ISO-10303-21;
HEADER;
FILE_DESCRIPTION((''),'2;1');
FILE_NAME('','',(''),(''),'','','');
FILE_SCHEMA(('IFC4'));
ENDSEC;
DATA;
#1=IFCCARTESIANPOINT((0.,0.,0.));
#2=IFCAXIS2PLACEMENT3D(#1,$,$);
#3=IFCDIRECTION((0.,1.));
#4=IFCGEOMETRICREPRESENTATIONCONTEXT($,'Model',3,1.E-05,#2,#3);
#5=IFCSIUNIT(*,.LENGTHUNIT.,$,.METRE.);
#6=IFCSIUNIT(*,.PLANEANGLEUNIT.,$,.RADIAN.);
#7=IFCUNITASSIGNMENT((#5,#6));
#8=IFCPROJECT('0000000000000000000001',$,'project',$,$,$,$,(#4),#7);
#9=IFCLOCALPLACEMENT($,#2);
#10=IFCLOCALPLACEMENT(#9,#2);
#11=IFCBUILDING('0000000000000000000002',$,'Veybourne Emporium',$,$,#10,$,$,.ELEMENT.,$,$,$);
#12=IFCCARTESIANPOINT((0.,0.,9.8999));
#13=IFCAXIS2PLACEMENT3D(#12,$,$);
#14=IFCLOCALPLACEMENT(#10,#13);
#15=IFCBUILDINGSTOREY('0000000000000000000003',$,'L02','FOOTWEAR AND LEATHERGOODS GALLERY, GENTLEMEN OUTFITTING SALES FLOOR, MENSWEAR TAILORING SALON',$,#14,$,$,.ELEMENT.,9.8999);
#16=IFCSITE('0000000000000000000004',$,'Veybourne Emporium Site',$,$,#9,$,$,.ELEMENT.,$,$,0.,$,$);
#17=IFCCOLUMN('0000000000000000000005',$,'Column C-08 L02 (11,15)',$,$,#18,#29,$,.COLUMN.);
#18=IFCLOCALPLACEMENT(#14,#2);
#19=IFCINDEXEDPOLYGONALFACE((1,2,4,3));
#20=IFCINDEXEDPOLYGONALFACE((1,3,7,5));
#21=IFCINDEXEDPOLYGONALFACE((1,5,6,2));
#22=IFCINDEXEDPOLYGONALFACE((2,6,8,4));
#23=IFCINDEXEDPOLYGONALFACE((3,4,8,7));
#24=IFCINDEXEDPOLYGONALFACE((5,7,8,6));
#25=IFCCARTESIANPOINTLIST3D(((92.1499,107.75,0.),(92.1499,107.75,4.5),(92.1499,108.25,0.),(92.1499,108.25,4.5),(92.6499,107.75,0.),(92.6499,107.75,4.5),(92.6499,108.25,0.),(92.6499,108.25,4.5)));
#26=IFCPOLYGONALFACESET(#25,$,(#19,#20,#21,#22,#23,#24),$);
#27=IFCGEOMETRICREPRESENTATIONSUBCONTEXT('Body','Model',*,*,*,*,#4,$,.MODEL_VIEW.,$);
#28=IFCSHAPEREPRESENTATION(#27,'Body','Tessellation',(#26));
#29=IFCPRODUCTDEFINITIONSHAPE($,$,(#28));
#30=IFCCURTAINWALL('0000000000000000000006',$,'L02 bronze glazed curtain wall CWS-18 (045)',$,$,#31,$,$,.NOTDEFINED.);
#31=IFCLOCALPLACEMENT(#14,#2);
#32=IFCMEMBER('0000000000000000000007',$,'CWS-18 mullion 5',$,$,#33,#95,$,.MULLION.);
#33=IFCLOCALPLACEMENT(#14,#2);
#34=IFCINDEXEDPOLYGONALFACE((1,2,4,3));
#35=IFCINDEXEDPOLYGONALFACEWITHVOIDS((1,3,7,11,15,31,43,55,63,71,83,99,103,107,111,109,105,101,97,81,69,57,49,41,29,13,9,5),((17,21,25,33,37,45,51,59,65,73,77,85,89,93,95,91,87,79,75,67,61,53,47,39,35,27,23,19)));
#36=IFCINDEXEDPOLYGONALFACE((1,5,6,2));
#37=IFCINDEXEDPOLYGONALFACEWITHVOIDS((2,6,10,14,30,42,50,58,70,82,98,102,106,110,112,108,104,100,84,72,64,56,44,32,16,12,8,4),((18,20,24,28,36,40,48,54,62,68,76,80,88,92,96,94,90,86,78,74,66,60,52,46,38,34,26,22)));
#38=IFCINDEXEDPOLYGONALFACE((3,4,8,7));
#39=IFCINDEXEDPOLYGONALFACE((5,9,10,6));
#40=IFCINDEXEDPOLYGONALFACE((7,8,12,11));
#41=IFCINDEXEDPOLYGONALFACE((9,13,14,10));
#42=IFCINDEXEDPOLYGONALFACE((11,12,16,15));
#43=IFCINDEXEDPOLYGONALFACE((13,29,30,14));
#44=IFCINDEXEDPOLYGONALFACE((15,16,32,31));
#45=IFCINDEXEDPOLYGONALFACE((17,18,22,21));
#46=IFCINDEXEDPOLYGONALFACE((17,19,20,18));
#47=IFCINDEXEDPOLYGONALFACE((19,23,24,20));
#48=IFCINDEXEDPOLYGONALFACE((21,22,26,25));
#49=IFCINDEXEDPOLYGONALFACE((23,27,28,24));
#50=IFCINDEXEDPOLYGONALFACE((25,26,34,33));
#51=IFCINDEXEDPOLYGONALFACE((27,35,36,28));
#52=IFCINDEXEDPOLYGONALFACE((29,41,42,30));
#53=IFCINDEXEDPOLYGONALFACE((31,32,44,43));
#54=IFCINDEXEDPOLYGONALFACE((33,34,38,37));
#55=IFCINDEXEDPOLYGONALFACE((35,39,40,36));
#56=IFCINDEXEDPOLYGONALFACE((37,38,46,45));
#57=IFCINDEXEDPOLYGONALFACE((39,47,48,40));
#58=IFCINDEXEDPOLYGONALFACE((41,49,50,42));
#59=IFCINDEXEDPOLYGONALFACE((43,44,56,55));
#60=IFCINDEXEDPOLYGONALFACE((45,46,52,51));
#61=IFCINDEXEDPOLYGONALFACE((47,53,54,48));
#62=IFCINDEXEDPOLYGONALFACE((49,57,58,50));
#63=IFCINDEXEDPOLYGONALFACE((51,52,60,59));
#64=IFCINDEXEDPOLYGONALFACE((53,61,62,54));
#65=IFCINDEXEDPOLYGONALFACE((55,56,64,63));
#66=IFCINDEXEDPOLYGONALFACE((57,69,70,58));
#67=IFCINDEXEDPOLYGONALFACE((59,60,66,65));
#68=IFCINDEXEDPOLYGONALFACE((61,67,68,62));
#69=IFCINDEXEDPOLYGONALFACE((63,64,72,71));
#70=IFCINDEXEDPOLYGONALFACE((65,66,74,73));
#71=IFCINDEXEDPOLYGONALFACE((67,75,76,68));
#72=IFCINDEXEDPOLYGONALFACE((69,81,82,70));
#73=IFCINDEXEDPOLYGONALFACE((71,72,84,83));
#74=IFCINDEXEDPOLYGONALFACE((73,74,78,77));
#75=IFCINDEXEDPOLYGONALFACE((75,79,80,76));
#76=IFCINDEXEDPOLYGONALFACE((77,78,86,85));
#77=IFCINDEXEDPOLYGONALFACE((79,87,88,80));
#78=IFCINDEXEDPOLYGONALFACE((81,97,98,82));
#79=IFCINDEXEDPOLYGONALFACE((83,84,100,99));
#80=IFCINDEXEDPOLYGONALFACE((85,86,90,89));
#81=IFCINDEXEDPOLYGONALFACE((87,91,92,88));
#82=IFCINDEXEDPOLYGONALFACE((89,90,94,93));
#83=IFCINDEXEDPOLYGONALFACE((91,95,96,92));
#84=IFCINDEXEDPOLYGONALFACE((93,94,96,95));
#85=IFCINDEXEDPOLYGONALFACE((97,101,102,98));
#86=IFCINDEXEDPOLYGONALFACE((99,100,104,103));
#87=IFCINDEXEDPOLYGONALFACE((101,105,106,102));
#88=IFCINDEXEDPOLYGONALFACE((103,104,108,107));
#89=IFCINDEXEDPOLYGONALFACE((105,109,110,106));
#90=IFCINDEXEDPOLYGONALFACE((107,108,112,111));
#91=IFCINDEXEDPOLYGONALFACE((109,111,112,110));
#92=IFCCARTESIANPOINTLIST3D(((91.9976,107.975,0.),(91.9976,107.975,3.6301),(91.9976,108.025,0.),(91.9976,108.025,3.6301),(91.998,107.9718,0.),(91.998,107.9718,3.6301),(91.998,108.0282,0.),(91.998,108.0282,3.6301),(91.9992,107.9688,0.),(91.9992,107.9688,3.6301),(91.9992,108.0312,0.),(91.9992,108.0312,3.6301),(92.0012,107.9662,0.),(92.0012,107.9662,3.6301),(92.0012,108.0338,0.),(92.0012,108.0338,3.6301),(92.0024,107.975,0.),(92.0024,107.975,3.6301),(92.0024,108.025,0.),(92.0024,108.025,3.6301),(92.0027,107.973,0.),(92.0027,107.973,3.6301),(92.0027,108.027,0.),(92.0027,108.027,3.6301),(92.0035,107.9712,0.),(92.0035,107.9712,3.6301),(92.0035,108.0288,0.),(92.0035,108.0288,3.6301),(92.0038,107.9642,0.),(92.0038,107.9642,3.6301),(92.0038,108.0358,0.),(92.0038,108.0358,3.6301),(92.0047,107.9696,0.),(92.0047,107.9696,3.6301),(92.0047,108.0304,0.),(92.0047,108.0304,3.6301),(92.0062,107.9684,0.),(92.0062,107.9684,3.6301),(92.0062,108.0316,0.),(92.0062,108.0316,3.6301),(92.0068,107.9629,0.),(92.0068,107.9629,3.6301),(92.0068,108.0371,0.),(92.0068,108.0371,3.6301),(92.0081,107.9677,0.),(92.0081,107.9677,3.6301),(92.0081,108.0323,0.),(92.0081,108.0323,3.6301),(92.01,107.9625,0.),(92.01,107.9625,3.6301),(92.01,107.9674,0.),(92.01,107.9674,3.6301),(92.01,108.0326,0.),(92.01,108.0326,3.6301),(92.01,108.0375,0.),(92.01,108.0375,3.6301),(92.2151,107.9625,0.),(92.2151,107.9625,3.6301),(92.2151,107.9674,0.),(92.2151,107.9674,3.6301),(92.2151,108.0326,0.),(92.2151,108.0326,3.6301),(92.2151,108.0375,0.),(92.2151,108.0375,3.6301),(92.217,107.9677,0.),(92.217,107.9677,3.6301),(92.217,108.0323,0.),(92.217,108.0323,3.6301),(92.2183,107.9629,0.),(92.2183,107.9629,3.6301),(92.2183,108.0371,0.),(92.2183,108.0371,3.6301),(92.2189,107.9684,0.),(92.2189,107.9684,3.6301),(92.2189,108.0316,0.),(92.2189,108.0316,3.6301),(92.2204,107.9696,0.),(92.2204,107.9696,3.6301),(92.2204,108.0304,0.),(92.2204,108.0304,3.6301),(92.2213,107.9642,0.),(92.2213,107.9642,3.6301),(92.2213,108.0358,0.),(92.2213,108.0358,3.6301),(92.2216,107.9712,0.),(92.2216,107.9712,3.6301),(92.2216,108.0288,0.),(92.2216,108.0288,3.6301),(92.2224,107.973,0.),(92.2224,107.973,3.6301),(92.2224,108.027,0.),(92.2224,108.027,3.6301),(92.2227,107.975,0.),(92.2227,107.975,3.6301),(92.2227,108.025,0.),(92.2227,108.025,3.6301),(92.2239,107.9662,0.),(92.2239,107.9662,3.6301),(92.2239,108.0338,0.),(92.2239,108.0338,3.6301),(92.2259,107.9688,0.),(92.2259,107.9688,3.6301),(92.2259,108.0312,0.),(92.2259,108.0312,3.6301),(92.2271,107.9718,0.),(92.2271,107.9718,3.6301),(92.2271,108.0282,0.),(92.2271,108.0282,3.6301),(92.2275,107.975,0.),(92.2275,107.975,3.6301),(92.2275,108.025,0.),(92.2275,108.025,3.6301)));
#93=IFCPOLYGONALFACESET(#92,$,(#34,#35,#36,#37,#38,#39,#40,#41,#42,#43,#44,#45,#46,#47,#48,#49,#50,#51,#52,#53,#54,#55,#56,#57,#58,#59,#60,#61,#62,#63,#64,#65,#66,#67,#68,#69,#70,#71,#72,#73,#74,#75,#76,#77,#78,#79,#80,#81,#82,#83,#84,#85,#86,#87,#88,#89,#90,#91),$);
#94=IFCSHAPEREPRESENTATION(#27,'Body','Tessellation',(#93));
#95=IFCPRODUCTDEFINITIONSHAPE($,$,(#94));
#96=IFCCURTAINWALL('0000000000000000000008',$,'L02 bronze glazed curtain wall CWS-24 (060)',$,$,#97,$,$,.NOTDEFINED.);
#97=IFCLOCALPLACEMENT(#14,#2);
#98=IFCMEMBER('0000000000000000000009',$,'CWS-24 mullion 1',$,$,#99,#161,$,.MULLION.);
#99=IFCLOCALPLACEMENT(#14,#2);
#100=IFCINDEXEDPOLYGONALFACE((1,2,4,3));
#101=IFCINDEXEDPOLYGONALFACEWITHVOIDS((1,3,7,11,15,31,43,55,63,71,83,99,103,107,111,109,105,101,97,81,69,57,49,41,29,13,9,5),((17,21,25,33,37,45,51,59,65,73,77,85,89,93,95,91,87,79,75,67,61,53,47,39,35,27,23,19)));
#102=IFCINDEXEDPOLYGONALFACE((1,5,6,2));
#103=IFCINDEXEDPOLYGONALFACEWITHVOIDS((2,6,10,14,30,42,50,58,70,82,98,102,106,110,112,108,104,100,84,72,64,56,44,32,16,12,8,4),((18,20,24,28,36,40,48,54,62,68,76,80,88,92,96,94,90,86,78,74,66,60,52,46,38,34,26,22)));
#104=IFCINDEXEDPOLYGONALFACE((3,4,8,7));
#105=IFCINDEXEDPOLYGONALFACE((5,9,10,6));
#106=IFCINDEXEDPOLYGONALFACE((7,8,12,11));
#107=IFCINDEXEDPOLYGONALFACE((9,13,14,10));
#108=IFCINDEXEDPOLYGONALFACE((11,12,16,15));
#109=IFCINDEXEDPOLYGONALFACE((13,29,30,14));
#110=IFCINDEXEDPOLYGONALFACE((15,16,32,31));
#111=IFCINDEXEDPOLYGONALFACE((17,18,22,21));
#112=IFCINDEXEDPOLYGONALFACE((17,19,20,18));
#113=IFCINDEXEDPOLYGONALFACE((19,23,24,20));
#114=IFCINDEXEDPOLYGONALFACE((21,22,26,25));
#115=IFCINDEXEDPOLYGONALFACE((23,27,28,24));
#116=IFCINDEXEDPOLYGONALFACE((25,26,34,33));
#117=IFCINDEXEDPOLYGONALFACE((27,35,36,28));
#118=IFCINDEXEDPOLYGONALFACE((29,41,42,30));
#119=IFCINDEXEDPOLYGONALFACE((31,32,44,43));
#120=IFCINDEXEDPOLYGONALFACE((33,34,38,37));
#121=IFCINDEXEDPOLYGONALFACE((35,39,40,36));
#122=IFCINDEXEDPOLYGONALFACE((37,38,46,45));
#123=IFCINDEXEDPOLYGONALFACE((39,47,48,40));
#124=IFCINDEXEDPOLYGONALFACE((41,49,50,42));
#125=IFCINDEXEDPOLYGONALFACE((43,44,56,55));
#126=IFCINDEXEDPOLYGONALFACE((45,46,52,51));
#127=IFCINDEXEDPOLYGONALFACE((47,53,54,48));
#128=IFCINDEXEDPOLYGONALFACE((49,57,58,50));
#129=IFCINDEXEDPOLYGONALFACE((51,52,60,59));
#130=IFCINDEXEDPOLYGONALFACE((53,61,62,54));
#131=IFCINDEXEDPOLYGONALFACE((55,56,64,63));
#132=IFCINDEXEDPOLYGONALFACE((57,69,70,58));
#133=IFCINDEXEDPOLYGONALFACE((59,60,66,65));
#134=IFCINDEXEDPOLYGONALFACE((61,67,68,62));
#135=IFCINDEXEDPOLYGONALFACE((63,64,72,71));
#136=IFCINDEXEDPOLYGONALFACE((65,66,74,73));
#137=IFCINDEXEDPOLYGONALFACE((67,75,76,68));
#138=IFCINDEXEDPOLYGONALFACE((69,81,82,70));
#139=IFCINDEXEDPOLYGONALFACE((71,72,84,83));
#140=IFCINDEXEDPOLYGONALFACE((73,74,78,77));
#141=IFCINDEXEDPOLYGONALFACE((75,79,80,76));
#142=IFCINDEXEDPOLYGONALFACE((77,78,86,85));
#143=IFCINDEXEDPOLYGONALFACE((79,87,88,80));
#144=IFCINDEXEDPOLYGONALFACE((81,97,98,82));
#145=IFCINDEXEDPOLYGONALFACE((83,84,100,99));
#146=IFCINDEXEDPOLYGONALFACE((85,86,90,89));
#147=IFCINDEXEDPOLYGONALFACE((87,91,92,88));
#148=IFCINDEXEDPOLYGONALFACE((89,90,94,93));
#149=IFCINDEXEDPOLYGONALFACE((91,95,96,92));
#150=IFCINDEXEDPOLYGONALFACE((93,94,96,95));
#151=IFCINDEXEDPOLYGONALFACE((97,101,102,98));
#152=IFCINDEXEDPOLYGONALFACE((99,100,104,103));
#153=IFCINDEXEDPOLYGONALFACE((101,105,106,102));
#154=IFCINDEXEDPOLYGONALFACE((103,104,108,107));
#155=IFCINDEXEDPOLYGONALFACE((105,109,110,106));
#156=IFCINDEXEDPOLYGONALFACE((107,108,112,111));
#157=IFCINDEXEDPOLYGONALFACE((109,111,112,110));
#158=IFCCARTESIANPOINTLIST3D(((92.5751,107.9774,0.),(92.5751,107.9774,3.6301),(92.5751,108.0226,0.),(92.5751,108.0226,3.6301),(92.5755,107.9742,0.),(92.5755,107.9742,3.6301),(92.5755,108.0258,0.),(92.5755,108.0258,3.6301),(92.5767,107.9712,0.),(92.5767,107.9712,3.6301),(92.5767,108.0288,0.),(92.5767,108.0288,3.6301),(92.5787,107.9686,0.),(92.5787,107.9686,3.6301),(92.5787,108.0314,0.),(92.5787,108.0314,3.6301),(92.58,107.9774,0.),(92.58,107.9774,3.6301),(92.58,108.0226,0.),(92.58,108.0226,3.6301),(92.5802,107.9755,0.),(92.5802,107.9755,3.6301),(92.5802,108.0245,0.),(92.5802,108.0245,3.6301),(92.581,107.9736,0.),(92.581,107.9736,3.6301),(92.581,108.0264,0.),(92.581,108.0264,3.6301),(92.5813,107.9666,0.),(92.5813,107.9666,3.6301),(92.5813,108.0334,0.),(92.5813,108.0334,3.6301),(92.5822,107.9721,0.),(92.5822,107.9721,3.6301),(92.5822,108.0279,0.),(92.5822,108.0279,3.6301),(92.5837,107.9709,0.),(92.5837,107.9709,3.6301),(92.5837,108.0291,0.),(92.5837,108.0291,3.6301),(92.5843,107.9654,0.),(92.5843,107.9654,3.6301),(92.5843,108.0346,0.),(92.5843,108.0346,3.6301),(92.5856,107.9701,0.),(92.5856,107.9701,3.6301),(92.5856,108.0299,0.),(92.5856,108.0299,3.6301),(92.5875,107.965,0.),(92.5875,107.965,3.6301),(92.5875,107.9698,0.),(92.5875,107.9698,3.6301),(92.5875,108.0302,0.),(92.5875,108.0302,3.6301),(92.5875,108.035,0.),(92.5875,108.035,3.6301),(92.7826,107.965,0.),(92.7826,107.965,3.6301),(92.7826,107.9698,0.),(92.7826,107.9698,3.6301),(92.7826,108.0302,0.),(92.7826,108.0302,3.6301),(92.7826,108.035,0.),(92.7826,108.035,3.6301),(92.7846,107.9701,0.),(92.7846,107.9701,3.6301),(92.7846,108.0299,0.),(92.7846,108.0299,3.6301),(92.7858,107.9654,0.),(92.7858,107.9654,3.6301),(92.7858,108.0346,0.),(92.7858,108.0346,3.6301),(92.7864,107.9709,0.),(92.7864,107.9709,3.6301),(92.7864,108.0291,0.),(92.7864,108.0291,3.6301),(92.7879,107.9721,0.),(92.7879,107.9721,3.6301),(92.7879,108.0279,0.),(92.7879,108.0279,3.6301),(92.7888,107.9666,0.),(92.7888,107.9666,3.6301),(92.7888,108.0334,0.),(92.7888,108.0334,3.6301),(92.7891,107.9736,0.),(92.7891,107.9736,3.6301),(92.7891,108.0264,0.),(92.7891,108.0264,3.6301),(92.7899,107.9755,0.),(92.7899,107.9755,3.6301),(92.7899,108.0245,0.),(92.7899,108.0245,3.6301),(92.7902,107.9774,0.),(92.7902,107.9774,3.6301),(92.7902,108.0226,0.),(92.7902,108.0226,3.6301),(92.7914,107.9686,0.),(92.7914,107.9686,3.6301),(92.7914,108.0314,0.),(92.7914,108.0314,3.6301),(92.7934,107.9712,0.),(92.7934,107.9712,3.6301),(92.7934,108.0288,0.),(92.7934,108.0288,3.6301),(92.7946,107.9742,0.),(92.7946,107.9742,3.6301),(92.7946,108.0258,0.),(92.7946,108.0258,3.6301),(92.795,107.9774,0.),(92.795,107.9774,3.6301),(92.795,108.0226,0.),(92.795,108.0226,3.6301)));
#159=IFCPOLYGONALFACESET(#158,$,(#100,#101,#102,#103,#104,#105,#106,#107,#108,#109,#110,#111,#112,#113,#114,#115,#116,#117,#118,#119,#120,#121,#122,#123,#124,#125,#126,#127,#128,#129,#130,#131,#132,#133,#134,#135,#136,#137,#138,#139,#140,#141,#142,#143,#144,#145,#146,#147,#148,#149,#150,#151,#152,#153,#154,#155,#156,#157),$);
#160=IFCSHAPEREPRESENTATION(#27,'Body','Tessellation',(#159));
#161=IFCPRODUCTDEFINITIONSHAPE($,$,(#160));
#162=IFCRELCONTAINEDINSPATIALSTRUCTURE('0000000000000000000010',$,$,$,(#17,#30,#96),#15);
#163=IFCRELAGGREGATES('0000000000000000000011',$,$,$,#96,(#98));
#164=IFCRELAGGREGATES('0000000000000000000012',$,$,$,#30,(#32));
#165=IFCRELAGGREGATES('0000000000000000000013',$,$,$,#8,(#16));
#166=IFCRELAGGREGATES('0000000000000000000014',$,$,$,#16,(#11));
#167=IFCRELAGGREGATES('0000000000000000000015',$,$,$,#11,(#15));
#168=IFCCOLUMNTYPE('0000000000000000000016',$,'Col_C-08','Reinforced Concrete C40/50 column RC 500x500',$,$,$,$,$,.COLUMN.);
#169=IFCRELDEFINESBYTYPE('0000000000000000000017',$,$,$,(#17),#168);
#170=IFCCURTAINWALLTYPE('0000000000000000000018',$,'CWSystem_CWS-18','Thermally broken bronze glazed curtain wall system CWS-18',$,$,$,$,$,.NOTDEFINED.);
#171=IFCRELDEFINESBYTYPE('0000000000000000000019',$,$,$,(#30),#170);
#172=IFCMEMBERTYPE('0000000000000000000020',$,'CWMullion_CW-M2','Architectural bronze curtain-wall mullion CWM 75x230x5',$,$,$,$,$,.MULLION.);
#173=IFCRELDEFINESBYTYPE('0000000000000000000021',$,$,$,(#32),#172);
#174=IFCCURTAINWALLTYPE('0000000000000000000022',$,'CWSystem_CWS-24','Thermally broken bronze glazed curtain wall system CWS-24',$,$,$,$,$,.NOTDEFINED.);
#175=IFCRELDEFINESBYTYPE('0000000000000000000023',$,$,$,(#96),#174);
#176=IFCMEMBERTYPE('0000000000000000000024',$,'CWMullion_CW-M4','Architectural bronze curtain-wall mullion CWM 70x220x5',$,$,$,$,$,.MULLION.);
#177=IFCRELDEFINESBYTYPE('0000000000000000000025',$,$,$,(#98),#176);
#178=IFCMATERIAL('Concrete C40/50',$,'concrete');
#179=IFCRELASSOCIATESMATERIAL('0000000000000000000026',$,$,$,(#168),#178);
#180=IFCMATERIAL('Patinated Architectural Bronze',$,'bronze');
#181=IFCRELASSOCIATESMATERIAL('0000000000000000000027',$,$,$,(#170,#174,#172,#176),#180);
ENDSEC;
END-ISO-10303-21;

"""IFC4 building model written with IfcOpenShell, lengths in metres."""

from ifc_helpers import new_model, si_unit, direction, frame, origin, origin_2d, place, context, subcontext, project, spatial, rectangle, hollow_rectangle, extrude, material, material_profile, profile_set, type_object, element, aggregate, save


model = new_model("IFC4")

# Units and contexts
model_context = context("Model", 3, precision=1e-05, world=origin(), true_north=direction((0.0, 1.0)))
body_context = subcontext(model_context, "Body", "Model", "MODEL_VIEW")
ifc_project = project(units=[si_unit("LENGTHUNIT", "METRE"), si_unit("PLANEANGLEUNIT", "RADIAN")], contexts=[model_context])

# Site, building, storey
site_placement = place(None, origin())
site = spatial("IfcSite", under=ifc_project, at=site_placement, Name="Veybourne Emporium Site", CompositionType="ELEMENT", RefElevation=0.0)
building_placement = place(site_placement, origin())
building = spatial("IfcBuilding", under=site, at=building_placement, Name="Veybourne Emporium", CompositionType="ELEMENT")
storey_placement = place(building_placement, frame((0.0, 0.0, 9.8999)))
storey = spatial("IfcBuildingStorey", under=building, at=storey_placement, Name="L02", Description="FOOTWEAR AND LEATHERGOODS GALLERY, GENTLEMEN OUTFITTING SALES FLOOR, MENSWEAR TAILORING SALON", CompositionType="ELEMENT", Elevation=9.8999)

# Column
ifc_material_1 = material(Name="Concrete C40/50", Category="concrete")
ifc_material_profile_1 = material_profile(ifc_material_1, rectangle(XDim=0.5, YDim=0.5, at=origin_2d()), Name="RC 500x500")
ifc_profile_set_1 = profile_set([ifc_material_profile_1], Name="Concrete C40/50")
column_type = type_object("IfcColumnType", Name="Col_C-08", Description="Reinforced Concrete C40/50 column RC 500x500", PredefinedType="COLUMN", material=ifc_profile_set_1)
column_placement = place(storey_placement, frame((92.3999, 108.0, 0.0), z_axis=(0.0, 0.0, 1.0), x_axis=(1.0, 0.0, 0.0)))
element("IfcColumn", 1, at=column_placement, inside=storey, type_object=column_type, Name="Column C-08 L02 (11,15)", PredefinedType="COLUMN", context=body_context, shape_type="SweptSolid", body=[
    extrude(rectangle(XDim=0.5, YDim=0.5, at=origin_2d()), origin(), (0.0, 0.0, 1.0), 4.5),
])

# Curtain walls, members
ifc_material_2 = material(Name="Patinated Architectural Bronze", Category="bronze")
curtain_wall_type_1 = type_object("IfcCurtainWallType", Name="CWSystem_CWS-18", Description="Thermally broken bronze glazed curtain wall system CWS-18", PredefinedType="NOTDEFINED", material=ifc_material_2)
curtain_wall_1_placement = place(storey_placement, origin())
curtain_wall_1 = element("IfcCurtainWall", 2, at=curtain_wall_1_placement, inside=storey, type_object=curtain_wall_type_1, Name="L02 bronze glazed curtain wall CWS-18 (045)", PredefinedType="NOTDEFINED")
ifc_material_profile_2 = material_profile(ifc_material_2, hollow_rectangle(XDim=0.075, YDim=0.23, WallThickness=0.0049, InnerFilletRadius=0.0076, OuterFilletRadius=0.0125, at=origin_2d()), Name="CWM 75x230x5")
ifc_profile_set_2 = profile_set([ifc_material_profile_2], Name="Patinated Architectural Bronze")
member_type_1 = type_object("IfcMemberType", Name="CWMullion_CW-M2", Description="Architectural bronze curtain-wall mullion CWM 75x230x5", PredefinedType="MULLION", material=ifc_profile_set_2)
member_1_placement = place(storey_placement, frame((92.1125, 108.0, 0.0), z_axis=(0.0, 0.0, 1.0), x_axis=(0.0, 1.0, 0.0)))
member_1 = element("IfcMember", 3, at=member_1_placement, type_object=member_type_1, Name="CWS-18 mullion 5", PredefinedType="MULLION", context=body_context, shape_type="SweptSolid", body=[
    extrude(hollow_rectangle(XDim=0.075, YDim=0.23, WallThickness=0.0049, InnerFilletRadius=0.0076, OuterFilletRadius=0.0125, at=origin_2d()), origin(), (0.0, 0.0, 1.0), 3.6301),
])
curtain_wall_type_2 = type_object("IfcCurtainWallType", Name="CWSystem_CWS-24", Description="Thermally broken bronze glazed curtain wall system CWS-24", PredefinedType="NOTDEFINED", material=ifc_material_2)
curtain_wall_2_placement = place(storey_placement, origin())
curtain_wall_2 = element("IfcCurtainWall", 4, at=curtain_wall_2_placement, inside=storey, type_object=curtain_wall_type_2, Name="L02 bronze glazed curtain wall CWS-24 (060)", PredefinedType="NOTDEFINED")
ifc_material_profile_3 = material_profile(ifc_material_2, hollow_rectangle(XDim=0.0701, YDim=0.22, WallThickness=0.0049, InnerFilletRadius=0.0076, OuterFilletRadius=0.0125, at=origin_2d()), Name="CWM 70x220x5")
ifc_profile_set_3 = profile_set([ifc_material_profile_3], Name="Patinated Architectural Bronze")
member_type_2 = type_object("IfcMemberType", Name="CWMullion_CW-M4", Description="Architectural bronze curtain-wall mullion CWM 70x220x5", PredefinedType="MULLION", material=ifc_profile_set_3)
member_2_placement = place(storey_placement, frame((92.6851, 108.0, 0.0), z_axis=(0.0, 0.0, 1.0), x_axis=(0.0, 1.0, 0.0)))
member_2 = element("IfcMember", 5, at=member_2_placement, type_object=member_type_2, Name="CWS-24 mullion 1", PredefinedType="MULLION", context=body_context, shape_type="SweptSolid", body=[
    extrude(hollow_rectangle(XDim=0.0701, YDim=0.22, WallThickness=0.0049, InnerFilletRadius=0.0076, OuterFilletRadius=0.0125, at=origin_2d()), origin(), (0.0, 0.0, 1.0), 3.6301),
])

aggregate(curtain_wall_2, [member_2])

aggregate(curtain_wall_1, [member_1])

save(model, "model.ifc")
